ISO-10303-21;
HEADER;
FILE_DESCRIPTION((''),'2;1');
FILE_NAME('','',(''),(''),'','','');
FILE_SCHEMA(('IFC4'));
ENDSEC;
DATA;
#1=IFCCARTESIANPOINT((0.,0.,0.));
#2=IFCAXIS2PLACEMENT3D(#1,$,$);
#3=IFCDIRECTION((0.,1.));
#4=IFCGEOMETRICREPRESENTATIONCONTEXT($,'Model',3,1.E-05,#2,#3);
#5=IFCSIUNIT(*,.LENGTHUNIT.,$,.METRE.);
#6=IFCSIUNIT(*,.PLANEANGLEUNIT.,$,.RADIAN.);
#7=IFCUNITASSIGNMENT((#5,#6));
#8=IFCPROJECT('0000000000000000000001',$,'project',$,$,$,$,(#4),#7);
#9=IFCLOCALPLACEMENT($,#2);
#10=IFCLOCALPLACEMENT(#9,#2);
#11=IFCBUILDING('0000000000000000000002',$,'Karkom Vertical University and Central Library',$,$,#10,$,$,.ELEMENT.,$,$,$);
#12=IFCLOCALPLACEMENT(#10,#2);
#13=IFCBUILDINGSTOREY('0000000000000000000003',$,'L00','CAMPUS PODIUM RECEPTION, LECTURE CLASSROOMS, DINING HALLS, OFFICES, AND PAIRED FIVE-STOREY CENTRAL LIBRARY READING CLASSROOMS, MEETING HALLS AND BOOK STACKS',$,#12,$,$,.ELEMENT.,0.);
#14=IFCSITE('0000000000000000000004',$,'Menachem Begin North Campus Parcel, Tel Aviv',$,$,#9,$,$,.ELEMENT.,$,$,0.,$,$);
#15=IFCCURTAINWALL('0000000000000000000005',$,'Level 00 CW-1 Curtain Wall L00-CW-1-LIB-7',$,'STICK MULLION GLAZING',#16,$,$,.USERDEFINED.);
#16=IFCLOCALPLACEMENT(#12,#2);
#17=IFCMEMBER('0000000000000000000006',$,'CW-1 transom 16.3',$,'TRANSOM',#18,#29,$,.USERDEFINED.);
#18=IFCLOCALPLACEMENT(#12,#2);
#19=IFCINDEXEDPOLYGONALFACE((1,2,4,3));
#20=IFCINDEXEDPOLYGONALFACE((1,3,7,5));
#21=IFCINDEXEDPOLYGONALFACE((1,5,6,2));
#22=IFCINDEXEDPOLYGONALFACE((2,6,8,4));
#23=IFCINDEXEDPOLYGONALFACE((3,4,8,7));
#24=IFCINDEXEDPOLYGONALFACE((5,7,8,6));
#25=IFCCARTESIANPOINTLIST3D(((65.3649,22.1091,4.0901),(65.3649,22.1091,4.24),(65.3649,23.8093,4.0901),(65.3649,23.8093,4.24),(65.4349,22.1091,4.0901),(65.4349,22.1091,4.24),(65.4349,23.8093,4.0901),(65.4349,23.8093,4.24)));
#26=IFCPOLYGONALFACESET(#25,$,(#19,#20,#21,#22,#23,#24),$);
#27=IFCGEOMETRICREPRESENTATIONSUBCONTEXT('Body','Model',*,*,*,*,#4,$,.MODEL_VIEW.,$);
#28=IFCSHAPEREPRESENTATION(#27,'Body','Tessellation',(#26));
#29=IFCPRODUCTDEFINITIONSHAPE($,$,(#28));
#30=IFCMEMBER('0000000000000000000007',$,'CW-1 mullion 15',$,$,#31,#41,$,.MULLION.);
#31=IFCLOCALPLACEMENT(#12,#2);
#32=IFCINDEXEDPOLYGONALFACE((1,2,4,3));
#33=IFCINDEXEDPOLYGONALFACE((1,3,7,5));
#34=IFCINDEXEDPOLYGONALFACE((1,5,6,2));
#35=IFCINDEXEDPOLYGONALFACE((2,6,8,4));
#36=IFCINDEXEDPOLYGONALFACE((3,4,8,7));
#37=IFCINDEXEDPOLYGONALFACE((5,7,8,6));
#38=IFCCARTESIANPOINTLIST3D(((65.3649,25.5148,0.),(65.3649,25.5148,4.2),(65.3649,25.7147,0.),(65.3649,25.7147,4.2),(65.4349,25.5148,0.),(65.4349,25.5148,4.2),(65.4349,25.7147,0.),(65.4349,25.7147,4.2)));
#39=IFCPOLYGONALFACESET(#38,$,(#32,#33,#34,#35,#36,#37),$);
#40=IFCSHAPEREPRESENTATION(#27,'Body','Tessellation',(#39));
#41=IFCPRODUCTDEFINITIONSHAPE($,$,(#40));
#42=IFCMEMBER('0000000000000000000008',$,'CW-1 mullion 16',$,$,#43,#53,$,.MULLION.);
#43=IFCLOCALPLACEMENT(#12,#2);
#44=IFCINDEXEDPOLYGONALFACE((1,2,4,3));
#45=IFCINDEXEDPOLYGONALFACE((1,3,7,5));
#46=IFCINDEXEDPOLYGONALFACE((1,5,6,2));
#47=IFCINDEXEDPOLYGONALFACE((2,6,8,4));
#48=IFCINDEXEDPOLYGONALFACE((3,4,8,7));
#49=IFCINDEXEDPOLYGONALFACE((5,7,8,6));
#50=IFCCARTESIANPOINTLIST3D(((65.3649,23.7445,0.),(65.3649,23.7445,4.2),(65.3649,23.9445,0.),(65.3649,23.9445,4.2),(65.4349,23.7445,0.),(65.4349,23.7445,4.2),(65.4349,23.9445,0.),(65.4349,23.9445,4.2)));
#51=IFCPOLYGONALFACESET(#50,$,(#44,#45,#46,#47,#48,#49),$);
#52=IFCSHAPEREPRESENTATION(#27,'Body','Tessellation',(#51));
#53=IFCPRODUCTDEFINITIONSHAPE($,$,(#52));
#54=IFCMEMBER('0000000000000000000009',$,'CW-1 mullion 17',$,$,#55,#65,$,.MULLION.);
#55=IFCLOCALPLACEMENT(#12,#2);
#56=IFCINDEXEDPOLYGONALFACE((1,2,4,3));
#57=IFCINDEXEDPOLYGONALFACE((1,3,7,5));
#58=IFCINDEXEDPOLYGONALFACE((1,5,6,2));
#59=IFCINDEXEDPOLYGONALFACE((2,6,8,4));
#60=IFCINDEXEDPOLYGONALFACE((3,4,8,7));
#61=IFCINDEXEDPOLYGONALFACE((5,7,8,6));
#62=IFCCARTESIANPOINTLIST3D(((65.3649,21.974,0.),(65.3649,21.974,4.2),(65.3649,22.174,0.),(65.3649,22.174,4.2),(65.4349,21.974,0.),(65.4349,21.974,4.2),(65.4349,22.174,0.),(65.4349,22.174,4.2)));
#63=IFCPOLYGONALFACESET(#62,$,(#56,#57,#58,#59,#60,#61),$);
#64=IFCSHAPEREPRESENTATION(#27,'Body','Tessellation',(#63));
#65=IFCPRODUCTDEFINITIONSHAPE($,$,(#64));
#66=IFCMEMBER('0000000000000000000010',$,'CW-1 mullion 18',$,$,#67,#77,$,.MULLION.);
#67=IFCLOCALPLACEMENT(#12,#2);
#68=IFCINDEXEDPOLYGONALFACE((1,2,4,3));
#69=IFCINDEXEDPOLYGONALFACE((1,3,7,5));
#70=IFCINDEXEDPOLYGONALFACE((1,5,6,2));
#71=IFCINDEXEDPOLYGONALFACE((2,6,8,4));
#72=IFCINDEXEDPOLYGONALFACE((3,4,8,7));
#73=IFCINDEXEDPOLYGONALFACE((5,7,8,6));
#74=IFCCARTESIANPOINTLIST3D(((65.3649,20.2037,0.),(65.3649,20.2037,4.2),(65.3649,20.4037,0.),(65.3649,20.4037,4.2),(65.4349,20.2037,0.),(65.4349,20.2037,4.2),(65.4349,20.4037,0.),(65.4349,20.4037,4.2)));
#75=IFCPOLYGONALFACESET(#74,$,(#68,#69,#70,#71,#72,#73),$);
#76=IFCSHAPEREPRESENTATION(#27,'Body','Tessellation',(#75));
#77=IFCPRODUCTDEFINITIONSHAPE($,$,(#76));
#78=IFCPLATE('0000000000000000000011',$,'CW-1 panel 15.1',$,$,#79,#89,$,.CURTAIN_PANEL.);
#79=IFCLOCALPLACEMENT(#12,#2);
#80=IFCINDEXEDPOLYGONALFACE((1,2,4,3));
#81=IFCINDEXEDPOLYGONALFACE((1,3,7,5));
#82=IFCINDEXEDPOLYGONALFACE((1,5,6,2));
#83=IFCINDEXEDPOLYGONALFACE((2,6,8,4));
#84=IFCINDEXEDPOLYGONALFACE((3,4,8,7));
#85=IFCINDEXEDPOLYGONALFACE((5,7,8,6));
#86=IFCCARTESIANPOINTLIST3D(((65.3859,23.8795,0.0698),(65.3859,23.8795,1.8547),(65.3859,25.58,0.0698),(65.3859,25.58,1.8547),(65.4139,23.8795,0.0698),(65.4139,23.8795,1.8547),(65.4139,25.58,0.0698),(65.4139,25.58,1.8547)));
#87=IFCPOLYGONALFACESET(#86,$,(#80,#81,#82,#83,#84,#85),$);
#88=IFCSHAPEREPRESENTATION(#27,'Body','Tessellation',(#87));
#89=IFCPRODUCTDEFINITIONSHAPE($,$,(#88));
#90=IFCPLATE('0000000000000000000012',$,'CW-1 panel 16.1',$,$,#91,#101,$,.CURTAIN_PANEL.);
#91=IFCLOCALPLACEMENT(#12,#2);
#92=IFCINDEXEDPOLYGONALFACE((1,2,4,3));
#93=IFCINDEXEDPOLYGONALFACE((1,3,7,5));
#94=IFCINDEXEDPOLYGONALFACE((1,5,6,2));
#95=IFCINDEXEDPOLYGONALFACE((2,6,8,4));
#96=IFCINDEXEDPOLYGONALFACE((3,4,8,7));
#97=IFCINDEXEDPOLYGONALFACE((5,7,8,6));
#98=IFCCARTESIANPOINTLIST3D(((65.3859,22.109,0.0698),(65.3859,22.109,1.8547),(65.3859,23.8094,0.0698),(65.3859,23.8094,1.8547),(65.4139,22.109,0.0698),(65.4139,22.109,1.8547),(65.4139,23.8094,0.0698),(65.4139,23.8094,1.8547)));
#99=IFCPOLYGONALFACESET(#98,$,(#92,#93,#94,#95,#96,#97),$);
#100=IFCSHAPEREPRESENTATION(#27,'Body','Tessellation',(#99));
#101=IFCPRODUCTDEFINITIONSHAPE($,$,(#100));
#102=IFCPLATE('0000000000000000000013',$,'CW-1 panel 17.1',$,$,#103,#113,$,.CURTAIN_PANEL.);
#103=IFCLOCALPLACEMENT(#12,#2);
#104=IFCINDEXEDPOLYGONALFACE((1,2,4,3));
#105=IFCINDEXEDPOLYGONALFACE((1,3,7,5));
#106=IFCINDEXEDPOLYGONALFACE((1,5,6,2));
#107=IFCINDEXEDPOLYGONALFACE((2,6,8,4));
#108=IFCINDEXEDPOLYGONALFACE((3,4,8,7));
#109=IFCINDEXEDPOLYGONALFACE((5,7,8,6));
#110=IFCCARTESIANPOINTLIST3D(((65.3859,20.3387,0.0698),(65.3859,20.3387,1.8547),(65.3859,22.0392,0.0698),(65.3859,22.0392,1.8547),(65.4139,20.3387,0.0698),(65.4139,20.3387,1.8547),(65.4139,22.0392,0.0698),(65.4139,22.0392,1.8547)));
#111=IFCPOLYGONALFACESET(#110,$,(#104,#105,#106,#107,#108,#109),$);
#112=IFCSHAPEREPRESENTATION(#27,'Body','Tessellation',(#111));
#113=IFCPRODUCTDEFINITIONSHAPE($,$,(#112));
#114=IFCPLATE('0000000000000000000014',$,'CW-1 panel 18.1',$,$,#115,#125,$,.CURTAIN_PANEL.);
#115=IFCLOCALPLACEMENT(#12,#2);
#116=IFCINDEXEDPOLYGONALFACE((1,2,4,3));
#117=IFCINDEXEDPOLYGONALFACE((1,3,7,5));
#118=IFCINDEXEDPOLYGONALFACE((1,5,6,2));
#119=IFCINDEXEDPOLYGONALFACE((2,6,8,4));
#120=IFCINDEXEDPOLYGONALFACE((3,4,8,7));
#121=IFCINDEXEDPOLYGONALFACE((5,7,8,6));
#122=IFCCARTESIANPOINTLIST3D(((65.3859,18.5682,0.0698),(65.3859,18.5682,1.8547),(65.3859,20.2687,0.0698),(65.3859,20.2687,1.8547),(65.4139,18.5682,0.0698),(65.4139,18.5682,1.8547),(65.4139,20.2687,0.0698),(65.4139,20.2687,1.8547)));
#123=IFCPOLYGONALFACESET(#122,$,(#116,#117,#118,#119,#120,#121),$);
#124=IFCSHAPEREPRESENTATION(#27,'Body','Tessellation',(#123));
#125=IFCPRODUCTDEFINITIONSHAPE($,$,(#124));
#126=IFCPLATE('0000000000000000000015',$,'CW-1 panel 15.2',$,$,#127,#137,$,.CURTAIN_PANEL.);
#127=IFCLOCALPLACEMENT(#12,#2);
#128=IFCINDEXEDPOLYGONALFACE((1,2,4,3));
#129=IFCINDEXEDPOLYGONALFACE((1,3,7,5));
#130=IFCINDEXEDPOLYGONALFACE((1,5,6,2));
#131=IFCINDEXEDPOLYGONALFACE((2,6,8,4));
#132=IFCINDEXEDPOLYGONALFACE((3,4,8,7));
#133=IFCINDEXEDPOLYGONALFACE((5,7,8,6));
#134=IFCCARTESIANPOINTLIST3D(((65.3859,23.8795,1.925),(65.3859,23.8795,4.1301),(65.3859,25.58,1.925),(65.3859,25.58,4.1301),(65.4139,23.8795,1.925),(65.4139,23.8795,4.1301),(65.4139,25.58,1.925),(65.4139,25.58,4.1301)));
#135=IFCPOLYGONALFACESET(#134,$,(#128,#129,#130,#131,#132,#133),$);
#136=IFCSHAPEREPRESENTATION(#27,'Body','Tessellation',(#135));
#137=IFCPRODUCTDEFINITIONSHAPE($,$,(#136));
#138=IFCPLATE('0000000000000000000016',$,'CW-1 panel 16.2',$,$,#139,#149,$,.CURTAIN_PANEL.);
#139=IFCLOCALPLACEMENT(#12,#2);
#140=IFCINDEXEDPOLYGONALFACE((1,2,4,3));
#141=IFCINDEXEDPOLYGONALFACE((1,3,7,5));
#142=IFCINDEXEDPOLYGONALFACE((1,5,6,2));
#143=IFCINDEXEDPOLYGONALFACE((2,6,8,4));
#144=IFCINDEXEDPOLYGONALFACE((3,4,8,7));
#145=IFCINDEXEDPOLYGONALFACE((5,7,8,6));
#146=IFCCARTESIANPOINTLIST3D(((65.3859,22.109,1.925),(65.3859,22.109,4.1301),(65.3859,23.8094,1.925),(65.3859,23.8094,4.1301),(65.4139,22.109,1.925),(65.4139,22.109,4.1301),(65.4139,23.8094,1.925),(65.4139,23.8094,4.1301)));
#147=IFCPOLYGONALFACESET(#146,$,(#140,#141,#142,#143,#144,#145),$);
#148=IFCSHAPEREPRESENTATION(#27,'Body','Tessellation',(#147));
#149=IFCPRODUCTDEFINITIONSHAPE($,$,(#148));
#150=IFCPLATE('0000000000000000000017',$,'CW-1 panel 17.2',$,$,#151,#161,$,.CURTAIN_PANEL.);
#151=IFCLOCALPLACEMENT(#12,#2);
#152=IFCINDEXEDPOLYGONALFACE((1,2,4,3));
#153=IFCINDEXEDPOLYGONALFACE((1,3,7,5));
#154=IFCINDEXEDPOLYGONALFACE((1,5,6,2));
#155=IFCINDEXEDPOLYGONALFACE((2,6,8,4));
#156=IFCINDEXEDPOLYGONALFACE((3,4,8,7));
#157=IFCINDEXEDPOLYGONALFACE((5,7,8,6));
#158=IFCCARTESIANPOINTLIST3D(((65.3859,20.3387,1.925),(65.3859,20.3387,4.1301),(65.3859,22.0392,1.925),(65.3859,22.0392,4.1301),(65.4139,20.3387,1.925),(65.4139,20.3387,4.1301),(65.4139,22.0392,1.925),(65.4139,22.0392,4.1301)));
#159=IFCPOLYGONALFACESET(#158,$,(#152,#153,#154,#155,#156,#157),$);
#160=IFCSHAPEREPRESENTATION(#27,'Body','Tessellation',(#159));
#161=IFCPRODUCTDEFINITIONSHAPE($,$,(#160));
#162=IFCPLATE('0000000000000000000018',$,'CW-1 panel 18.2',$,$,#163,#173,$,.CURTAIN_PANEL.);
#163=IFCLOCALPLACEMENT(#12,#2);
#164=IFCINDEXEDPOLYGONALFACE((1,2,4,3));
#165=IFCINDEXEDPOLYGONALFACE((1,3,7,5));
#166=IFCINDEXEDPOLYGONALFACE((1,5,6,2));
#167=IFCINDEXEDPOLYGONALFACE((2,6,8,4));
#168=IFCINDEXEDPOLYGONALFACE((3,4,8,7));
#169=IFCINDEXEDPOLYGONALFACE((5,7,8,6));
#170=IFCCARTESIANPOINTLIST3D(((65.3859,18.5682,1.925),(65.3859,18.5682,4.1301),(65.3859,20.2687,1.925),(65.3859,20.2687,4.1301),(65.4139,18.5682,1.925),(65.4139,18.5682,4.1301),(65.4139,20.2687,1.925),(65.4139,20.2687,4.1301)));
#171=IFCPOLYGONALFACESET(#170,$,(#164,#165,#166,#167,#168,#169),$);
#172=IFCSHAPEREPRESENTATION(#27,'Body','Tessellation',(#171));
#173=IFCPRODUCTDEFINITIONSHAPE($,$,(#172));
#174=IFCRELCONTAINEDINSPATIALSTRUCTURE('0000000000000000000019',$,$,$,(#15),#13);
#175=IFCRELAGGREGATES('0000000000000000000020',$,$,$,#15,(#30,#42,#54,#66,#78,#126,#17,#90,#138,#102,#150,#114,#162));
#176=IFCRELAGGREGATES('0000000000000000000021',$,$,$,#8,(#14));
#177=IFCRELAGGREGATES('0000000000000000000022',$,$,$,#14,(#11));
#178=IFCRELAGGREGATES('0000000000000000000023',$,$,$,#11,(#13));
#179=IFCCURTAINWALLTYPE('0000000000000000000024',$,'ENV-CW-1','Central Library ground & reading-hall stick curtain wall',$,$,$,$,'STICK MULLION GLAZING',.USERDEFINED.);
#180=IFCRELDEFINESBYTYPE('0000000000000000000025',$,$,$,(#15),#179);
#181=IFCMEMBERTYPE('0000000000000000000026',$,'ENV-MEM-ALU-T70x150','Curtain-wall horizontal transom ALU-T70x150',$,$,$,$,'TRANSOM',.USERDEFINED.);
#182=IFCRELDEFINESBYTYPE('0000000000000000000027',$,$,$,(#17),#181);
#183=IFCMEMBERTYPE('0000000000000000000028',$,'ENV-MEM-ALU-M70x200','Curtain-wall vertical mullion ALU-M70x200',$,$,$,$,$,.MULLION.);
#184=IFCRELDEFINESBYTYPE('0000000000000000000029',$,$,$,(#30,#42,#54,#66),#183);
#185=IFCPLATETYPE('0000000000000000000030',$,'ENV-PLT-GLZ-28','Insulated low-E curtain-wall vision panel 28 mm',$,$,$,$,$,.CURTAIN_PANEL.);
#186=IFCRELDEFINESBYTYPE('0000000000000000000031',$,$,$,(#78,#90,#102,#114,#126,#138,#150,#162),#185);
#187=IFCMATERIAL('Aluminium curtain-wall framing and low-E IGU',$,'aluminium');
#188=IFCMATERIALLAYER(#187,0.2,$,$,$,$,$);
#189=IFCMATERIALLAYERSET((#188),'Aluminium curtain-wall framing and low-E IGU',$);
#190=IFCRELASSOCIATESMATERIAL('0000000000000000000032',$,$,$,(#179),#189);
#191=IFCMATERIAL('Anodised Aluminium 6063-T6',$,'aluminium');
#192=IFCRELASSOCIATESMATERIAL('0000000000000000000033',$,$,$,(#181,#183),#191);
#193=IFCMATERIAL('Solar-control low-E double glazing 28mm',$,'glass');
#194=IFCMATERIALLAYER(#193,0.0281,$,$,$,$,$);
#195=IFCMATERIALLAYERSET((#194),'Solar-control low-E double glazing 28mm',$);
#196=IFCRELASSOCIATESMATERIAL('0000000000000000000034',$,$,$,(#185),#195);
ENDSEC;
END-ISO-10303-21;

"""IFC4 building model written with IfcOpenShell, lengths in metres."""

from ifc_helpers import new_model, si_unit, direction, frame, origin, origin_with_axes, origin_2d, place, context, subcontext, project, spatial, rectangle, extrude, source, transform, mapped, material, layer, layer_set, material_profile, profile_set, type_object, element, aggregate, save


model = new_model("IFC4")

# Units and contexts
model_context = context("Model", 3, precision=1e-05, world=origin(), true_north=direction((0.0, 1.0)))
body_context = subcontext(model_context, "Body", "Model", "MODEL_VIEW")
ifc_project = project(units=[si_unit("LENGTHUNIT", "METRE"), si_unit("PLANEANGLEUNIT", "RADIAN")], contexts=[model_context])

# Site, building, storey
site_placement = place(None, origin())
site = spatial("IfcSite", under=ifc_project, at=site_placement, Name="Menachem Begin North Campus Parcel, Tel Aviv", CompositionType="ELEMENT", RefElevation=0.0)
building_placement = place(site_placement, origin())
building = spatial("IfcBuilding", under=site, at=building_placement, Name="Karkom Vertical University and Central Library", CompositionType="ELEMENT")
storey_placement = place(building_placement, origin())
storey = spatial("IfcBuildingStorey", under=building, at=storey_placement, Name="L00", Description="CAMPUS PODIUM RECEPTION, LECTURE CLASSROOMS, DINING HALLS, OFFICES, AND PAIRED FIVE-STOREY CENTRAL LIBRARY READING CLASSROOMS, MEETING HALLS AND BOOK STACKS", CompositionType="ELEMENT", Elevation=0.0)

# Curtain wall, members, plates
ifc_material_1 = material(Name="Aluminium curtain-wall framing and low-E IGU", Category="aluminium")
ifc_layer_1 = layer(ifc_material_1, 0.2)
ifc_layer_set_1 = layer_set([ifc_layer_1], Name="Aluminium curtain-wall framing and low-E IGU")
curtain_wall_type = type_object("IfcCurtainWallType", Name="ENV-CW-1", Description="Central Library ground & reading-hall stick curtain wall", ElementType="STICK MULLION GLAZING", PredefinedType="USERDEFINED", material=ifc_layer_set_1)
curtain_wall_placement = place(storey_placement, origin())
curtain_wall = element("IfcCurtainWall", 1, at=curtain_wall_placement, inside=storey, type_object=curtain_wall_type, Name="Level 00 CW-1 Curtain Wall L00-CW-1-LIB-7", ObjectType="STICK MULLION GLAZING", PredefinedType="USERDEFINED")
ifc_material_2 = material(Name="Anodised Aluminium 6063-T6", Category="aluminium")
ifc_material_profile_1 = material_profile(ifc_material_2, rectangle(XDim=0.0701, YDim=0.1499, at=origin_2d()), Name="ALU-T70x150")
ifc_profile_set_1 = profile_set([ifc_material_profile_1], Name="Anodised Aluminium 6063-T6")
member_type_1 = type_object("IfcMemberType", Name="ENV-MEM-ALU-T70x150", Description="Curtain-wall horizontal transom ALU-T70x150", ElementType="TRANSOM", PredefinedType="USERDEFINED", material=ifc_profile_set_1)
shared_shape_1 = source(origin_with_axes(), body_context, "Body", "SweptSolid", [
    extrude(rectangle(XDim=0.0701, YDim=0.1499, at=origin_2d()), origin(), (0.0, 0.0, 1.0), 1.7002),
])
member_1_placement = place(storey_placement, frame((65.3999, 23.8093, 4.165), z_axis=(0.0, -1.0, 0.0), x_axis=(1.0, 0.0, 0.0)))
member_1 = element("IfcMember", 2, at=member_1_placement, type_object=member_type_1, Name="CW-1 transom 16.3", ObjectType="TRANSOM", PredefinedType="USERDEFINED", context=body_context, shape_type="MappedRepresentation", body=[
    mapped(shared_shape_1, transform((0.0, 0.0, 0.0), scale=1.0)),
])
ifc_material_profile_2 = material_profile(ifc_material_2, rectangle(XDim=0.0701, YDim=0.2, at=origin_2d()), Name="ALU-M70x200")
ifc_profile_set_2 = profile_set([ifc_material_profile_2], Name="Anodised Aluminium 6063-T6")
member_type_2 = type_object("IfcMemberType", Name="ENV-MEM-ALU-M70x200", Description="Curtain-wall vertical mullion ALU-M70x200", PredefinedType="MULLION", material=ifc_profile_set_2)
shared_shape_2 = source(origin_with_axes(), body_context, "Body", "SweptSolid", [
    extrude(rectangle(XDim=0.0701, YDim=0.2, at=origin_2d()), origin(), (0.0, 0.0, 1.0), 4.2),
])
member_2_placement = place(storey_placement, frame((65.3999, 25.6147, 0.0), z_axis=(0.0, 0.0, 1.0), x_axis=(1.0, 0.0, 0.0)))
member_2 = element("IfcMember", 3, at=member_2_placement, type_object=member_type_2, Name="CW-1 mullion 15", PredefinedType="MULLION", context=body_context, shape_type="MappedRepresentation", body=[
    mapped(shared_shape_2, transform((0.0, 0.0, 0.0), scale=1.0)),
])
member_3_placement = place(storey_placement, frame((65.3999, 23.8445, 0.0), z_axis=(0.0, 0.0, 1.0), x_axis=(1.0, 0.0, 0.0)))
member_3 = element("IfcMember", 4, at=member_3_placement, type_object=member_type_2, Name="CW-1 mullion 16", PredefinedType="MULLION", context=body_context, shape_type="MappedRepresentation", body=[
    mapped(shared_shape_2, transform((0.0, 0.0, 0.0), scale=1.0)),
])
member_4_placement = place(storey_placement, frame((65.3999, 22.074, 0.0), z_axis=(0.0, 0.0, 1.0), x_axis=(1.0, 0.0, 0.0)))
member_4 = element("IfcMember", 5, at=member_4_placement, type_object=member_type_2, Name="CW-1 mullion 17", PredefinedType="MULLION", context=body_context, shape_type="MappedRepresentation", body=[
    mapped(shared_shape_2, transform((0.0, 0.0, 0.0), scale=1.0)),
])
member_5_placement = place(storey_placement, frame((65.3999, 20.3037, 0.0), z_axis=(0.0, 0.0, 1.0), x_axis=(1.0, 0.0, 0.0)))
member_5 = element("IfcMember", 6, at=member_5_placement, type_object=member_type_2, Name="CW-1 mullion 18", PredefinedType="MULLION", context=body_context, shape_type="MappedRepresentation", body=[
    mapped(shared_shape_2, transform((0.0, 0.0, 0.0), scale=1.0)),
])
ifc_material_3 = material(Name="Solar-control low-E double glazing 28mm", Category="glass")
ifc_layer_2 = layer(ifc_material_3, 0.0281)
ifc_layer_set_2 = layer_set([ifc_layer_2], Name="Solar-control low-E double glazing 28mm")
plate_type = type_object("IfcPlateType", Name="ENV-PLT-GLZ-28", Description="Insulated low-E curtain-wall vision panel 28 mm", PredefinedType="CURTAIN_PANEL", material=ifc_layer_set_2)
shared_shape_3 = source(origin_with_axes(), body_context, "Body", "SweptSolid", [
    extrude(rectangle(XDim=1.7004, YDim=0.0281, at=origin_2d()), origin(), (0.0, 0.0, 1.0), 1.7849),
])
plate_1_placement = place(storey_placement, frame((65.3999, 24.7297, 0.0698), z_axis=(0.0, 0.0, 1.0), x_axis=(0.0, -1.0, 0.0)))
plate_1 = element("IfcPlate", 7, at=plate_1_placement, type_object=plate_type, Name="CW-1 panel 15.1", PredefinedType="CURTAIN_PANEL", context=body_context, shape_type="MappedRepresentation", body=[
    mapped(shared_shape_3, transform((0.0, 0.0, 0.0), scale=1.0)),
])
plate_2_placement = place(storey_placement, frame((65.3999, 22.9592, 0.0698), z_axis=(0.0, 0.0, 1.0), x_axis=(0.0, -1.0, 0.0)))
plate_2 = element("IfcPlate", 8, at=plate_2_placement, type_object=plate_type, Name="CW-1 panel 16.1", PredefinedType="CURTAIN_PANEL", context=body_context, shape_type="MappedRepresentation", body=[
    mapped(shared_shape_3, transform((0.0, 0.0, 0.0), scale=1.0)),
])
plate_3_placement = place(storey_placement, frame((65.3999, 21.189, 0.0698), z_axis=(0.0, 0.0, 1.0), x_axis=(0.0, -1.0, 0.0)))
plate_3 = element("IfcPlate", 9, at=plate_3_placement, type_object=plate_type, Name="CW-1 panel 17.1", PredefinedType="CURTAIN_PANEL", context=body_context, shape_type="MappedRepresentation", body=[
    mapped(shared_shape_3, transform((0.0, 0.0, 0.0), scale=1.0)),
])
plate_4_placement = place(storey_placement, frame((65.3999, 19.4185, 0.0698), z_axis=(0.0, 0.0, 1.0), x_axis=(0.0, -1.0, 0.0)))
plate_4 = element("IfcPlate", 10, at=plate_4_placement, type_object=plate_type, Name="CW-1 panel 18.1", PredefinedType="CURTAIN_PANEL", context=body_context, shape_type="MappedRepresentation", body=[
    mapped(shared_shape_3, transform((0.0, 0.0, 0.0), scale=1.0)),
])
shared_shape_4 = source(origin_with_axes(), body_context, "Body", "SweptSolid", [
    extrude(rectangle(XDim=1.7004, YDim=0.0281, at=origin_2d()), origin(), (0.0, 0.0, 1.0), 2.2051),
])
plate_5_placement = place(storey_placement, frame((65.3999, 24.7297, 1.925), z_axis=(0.0, 0.0, 1.0), x_axis=(0.0, -1.0, 0.0)))
plate_5 = element("IfcPlate", 11, at=plate_5_placement, type_object=plate_type, Name="CW-1 panel 15.2", PredefinedType="CURTAIN_PANEL", context=body_context, shape_type="MappedRepresentation", body=[
    mapped(shared_shape_4, transform((0.0, 0.0, 0.0), scale=1.0)),
])
plate_6_placement = place(storey_placement, frame((65.3999, 22.9592, 1.925), z_axis=(0.0, 0.0, 1.0), x_axis=(0.0, -1.0, 0.0)))
plate_6 = element("IfcPlate", 12, at=plate_6_placement, type_object=plate_type, Name="CW-1 panel 16.2", PredefinedType="CURTAIN_PANEL", context=body_context, shape_type="MappedRepresentation", body=[
    mapped(shared_shape_4, transform((0.0, 0.0, 0.0), scale=1.0)),
])
plate_7_placement = place(storey_placement, frame((65.3999, 21.189, 1.925), z_axis=(0.0, 0.0, 1.0), x_axis=(0.0, -1.0, 0.0)))
plate_7 = element("IfcPlate", 13, at=plate_7_placement, type_object=plate_type, Name="CW-1 panel 17.2", PredefinedType="CURTAIN_PANEL", context=body_context, shape_type="MappedRepresentation", body=[
    mapped(shared_shape_4, transform((0.0, 0.0, 0.0), scale=1.0)),
])
plate_8_placement = place(storey_placement, frame((65.3999, 19.4185, 1.925), z_axis=(0.0, 0.0, 1.0), x_axis=(0.0, -1.0, 0.0)))
plate_8 = element("IfcPlate", 14, at=plate_8_placement, type_object=plate_type, Name="CW-1 panel 18.2", PredefinedType="CURTAIN_PANEL", context=body_context, shape_type="MappedRepresentation", body=[
    mapped(shared_shape_4, transform((0.0, 0.0, 0.0), scale=1.0)),
])
aggregate(curtain_wall, [member_2, member_3, member_4, member_5, plate_1, plate_5, member_1, plate_2, plate_6, plate_3, plate_7, plate_4, plate_8])

save(model, "model.ifc")
